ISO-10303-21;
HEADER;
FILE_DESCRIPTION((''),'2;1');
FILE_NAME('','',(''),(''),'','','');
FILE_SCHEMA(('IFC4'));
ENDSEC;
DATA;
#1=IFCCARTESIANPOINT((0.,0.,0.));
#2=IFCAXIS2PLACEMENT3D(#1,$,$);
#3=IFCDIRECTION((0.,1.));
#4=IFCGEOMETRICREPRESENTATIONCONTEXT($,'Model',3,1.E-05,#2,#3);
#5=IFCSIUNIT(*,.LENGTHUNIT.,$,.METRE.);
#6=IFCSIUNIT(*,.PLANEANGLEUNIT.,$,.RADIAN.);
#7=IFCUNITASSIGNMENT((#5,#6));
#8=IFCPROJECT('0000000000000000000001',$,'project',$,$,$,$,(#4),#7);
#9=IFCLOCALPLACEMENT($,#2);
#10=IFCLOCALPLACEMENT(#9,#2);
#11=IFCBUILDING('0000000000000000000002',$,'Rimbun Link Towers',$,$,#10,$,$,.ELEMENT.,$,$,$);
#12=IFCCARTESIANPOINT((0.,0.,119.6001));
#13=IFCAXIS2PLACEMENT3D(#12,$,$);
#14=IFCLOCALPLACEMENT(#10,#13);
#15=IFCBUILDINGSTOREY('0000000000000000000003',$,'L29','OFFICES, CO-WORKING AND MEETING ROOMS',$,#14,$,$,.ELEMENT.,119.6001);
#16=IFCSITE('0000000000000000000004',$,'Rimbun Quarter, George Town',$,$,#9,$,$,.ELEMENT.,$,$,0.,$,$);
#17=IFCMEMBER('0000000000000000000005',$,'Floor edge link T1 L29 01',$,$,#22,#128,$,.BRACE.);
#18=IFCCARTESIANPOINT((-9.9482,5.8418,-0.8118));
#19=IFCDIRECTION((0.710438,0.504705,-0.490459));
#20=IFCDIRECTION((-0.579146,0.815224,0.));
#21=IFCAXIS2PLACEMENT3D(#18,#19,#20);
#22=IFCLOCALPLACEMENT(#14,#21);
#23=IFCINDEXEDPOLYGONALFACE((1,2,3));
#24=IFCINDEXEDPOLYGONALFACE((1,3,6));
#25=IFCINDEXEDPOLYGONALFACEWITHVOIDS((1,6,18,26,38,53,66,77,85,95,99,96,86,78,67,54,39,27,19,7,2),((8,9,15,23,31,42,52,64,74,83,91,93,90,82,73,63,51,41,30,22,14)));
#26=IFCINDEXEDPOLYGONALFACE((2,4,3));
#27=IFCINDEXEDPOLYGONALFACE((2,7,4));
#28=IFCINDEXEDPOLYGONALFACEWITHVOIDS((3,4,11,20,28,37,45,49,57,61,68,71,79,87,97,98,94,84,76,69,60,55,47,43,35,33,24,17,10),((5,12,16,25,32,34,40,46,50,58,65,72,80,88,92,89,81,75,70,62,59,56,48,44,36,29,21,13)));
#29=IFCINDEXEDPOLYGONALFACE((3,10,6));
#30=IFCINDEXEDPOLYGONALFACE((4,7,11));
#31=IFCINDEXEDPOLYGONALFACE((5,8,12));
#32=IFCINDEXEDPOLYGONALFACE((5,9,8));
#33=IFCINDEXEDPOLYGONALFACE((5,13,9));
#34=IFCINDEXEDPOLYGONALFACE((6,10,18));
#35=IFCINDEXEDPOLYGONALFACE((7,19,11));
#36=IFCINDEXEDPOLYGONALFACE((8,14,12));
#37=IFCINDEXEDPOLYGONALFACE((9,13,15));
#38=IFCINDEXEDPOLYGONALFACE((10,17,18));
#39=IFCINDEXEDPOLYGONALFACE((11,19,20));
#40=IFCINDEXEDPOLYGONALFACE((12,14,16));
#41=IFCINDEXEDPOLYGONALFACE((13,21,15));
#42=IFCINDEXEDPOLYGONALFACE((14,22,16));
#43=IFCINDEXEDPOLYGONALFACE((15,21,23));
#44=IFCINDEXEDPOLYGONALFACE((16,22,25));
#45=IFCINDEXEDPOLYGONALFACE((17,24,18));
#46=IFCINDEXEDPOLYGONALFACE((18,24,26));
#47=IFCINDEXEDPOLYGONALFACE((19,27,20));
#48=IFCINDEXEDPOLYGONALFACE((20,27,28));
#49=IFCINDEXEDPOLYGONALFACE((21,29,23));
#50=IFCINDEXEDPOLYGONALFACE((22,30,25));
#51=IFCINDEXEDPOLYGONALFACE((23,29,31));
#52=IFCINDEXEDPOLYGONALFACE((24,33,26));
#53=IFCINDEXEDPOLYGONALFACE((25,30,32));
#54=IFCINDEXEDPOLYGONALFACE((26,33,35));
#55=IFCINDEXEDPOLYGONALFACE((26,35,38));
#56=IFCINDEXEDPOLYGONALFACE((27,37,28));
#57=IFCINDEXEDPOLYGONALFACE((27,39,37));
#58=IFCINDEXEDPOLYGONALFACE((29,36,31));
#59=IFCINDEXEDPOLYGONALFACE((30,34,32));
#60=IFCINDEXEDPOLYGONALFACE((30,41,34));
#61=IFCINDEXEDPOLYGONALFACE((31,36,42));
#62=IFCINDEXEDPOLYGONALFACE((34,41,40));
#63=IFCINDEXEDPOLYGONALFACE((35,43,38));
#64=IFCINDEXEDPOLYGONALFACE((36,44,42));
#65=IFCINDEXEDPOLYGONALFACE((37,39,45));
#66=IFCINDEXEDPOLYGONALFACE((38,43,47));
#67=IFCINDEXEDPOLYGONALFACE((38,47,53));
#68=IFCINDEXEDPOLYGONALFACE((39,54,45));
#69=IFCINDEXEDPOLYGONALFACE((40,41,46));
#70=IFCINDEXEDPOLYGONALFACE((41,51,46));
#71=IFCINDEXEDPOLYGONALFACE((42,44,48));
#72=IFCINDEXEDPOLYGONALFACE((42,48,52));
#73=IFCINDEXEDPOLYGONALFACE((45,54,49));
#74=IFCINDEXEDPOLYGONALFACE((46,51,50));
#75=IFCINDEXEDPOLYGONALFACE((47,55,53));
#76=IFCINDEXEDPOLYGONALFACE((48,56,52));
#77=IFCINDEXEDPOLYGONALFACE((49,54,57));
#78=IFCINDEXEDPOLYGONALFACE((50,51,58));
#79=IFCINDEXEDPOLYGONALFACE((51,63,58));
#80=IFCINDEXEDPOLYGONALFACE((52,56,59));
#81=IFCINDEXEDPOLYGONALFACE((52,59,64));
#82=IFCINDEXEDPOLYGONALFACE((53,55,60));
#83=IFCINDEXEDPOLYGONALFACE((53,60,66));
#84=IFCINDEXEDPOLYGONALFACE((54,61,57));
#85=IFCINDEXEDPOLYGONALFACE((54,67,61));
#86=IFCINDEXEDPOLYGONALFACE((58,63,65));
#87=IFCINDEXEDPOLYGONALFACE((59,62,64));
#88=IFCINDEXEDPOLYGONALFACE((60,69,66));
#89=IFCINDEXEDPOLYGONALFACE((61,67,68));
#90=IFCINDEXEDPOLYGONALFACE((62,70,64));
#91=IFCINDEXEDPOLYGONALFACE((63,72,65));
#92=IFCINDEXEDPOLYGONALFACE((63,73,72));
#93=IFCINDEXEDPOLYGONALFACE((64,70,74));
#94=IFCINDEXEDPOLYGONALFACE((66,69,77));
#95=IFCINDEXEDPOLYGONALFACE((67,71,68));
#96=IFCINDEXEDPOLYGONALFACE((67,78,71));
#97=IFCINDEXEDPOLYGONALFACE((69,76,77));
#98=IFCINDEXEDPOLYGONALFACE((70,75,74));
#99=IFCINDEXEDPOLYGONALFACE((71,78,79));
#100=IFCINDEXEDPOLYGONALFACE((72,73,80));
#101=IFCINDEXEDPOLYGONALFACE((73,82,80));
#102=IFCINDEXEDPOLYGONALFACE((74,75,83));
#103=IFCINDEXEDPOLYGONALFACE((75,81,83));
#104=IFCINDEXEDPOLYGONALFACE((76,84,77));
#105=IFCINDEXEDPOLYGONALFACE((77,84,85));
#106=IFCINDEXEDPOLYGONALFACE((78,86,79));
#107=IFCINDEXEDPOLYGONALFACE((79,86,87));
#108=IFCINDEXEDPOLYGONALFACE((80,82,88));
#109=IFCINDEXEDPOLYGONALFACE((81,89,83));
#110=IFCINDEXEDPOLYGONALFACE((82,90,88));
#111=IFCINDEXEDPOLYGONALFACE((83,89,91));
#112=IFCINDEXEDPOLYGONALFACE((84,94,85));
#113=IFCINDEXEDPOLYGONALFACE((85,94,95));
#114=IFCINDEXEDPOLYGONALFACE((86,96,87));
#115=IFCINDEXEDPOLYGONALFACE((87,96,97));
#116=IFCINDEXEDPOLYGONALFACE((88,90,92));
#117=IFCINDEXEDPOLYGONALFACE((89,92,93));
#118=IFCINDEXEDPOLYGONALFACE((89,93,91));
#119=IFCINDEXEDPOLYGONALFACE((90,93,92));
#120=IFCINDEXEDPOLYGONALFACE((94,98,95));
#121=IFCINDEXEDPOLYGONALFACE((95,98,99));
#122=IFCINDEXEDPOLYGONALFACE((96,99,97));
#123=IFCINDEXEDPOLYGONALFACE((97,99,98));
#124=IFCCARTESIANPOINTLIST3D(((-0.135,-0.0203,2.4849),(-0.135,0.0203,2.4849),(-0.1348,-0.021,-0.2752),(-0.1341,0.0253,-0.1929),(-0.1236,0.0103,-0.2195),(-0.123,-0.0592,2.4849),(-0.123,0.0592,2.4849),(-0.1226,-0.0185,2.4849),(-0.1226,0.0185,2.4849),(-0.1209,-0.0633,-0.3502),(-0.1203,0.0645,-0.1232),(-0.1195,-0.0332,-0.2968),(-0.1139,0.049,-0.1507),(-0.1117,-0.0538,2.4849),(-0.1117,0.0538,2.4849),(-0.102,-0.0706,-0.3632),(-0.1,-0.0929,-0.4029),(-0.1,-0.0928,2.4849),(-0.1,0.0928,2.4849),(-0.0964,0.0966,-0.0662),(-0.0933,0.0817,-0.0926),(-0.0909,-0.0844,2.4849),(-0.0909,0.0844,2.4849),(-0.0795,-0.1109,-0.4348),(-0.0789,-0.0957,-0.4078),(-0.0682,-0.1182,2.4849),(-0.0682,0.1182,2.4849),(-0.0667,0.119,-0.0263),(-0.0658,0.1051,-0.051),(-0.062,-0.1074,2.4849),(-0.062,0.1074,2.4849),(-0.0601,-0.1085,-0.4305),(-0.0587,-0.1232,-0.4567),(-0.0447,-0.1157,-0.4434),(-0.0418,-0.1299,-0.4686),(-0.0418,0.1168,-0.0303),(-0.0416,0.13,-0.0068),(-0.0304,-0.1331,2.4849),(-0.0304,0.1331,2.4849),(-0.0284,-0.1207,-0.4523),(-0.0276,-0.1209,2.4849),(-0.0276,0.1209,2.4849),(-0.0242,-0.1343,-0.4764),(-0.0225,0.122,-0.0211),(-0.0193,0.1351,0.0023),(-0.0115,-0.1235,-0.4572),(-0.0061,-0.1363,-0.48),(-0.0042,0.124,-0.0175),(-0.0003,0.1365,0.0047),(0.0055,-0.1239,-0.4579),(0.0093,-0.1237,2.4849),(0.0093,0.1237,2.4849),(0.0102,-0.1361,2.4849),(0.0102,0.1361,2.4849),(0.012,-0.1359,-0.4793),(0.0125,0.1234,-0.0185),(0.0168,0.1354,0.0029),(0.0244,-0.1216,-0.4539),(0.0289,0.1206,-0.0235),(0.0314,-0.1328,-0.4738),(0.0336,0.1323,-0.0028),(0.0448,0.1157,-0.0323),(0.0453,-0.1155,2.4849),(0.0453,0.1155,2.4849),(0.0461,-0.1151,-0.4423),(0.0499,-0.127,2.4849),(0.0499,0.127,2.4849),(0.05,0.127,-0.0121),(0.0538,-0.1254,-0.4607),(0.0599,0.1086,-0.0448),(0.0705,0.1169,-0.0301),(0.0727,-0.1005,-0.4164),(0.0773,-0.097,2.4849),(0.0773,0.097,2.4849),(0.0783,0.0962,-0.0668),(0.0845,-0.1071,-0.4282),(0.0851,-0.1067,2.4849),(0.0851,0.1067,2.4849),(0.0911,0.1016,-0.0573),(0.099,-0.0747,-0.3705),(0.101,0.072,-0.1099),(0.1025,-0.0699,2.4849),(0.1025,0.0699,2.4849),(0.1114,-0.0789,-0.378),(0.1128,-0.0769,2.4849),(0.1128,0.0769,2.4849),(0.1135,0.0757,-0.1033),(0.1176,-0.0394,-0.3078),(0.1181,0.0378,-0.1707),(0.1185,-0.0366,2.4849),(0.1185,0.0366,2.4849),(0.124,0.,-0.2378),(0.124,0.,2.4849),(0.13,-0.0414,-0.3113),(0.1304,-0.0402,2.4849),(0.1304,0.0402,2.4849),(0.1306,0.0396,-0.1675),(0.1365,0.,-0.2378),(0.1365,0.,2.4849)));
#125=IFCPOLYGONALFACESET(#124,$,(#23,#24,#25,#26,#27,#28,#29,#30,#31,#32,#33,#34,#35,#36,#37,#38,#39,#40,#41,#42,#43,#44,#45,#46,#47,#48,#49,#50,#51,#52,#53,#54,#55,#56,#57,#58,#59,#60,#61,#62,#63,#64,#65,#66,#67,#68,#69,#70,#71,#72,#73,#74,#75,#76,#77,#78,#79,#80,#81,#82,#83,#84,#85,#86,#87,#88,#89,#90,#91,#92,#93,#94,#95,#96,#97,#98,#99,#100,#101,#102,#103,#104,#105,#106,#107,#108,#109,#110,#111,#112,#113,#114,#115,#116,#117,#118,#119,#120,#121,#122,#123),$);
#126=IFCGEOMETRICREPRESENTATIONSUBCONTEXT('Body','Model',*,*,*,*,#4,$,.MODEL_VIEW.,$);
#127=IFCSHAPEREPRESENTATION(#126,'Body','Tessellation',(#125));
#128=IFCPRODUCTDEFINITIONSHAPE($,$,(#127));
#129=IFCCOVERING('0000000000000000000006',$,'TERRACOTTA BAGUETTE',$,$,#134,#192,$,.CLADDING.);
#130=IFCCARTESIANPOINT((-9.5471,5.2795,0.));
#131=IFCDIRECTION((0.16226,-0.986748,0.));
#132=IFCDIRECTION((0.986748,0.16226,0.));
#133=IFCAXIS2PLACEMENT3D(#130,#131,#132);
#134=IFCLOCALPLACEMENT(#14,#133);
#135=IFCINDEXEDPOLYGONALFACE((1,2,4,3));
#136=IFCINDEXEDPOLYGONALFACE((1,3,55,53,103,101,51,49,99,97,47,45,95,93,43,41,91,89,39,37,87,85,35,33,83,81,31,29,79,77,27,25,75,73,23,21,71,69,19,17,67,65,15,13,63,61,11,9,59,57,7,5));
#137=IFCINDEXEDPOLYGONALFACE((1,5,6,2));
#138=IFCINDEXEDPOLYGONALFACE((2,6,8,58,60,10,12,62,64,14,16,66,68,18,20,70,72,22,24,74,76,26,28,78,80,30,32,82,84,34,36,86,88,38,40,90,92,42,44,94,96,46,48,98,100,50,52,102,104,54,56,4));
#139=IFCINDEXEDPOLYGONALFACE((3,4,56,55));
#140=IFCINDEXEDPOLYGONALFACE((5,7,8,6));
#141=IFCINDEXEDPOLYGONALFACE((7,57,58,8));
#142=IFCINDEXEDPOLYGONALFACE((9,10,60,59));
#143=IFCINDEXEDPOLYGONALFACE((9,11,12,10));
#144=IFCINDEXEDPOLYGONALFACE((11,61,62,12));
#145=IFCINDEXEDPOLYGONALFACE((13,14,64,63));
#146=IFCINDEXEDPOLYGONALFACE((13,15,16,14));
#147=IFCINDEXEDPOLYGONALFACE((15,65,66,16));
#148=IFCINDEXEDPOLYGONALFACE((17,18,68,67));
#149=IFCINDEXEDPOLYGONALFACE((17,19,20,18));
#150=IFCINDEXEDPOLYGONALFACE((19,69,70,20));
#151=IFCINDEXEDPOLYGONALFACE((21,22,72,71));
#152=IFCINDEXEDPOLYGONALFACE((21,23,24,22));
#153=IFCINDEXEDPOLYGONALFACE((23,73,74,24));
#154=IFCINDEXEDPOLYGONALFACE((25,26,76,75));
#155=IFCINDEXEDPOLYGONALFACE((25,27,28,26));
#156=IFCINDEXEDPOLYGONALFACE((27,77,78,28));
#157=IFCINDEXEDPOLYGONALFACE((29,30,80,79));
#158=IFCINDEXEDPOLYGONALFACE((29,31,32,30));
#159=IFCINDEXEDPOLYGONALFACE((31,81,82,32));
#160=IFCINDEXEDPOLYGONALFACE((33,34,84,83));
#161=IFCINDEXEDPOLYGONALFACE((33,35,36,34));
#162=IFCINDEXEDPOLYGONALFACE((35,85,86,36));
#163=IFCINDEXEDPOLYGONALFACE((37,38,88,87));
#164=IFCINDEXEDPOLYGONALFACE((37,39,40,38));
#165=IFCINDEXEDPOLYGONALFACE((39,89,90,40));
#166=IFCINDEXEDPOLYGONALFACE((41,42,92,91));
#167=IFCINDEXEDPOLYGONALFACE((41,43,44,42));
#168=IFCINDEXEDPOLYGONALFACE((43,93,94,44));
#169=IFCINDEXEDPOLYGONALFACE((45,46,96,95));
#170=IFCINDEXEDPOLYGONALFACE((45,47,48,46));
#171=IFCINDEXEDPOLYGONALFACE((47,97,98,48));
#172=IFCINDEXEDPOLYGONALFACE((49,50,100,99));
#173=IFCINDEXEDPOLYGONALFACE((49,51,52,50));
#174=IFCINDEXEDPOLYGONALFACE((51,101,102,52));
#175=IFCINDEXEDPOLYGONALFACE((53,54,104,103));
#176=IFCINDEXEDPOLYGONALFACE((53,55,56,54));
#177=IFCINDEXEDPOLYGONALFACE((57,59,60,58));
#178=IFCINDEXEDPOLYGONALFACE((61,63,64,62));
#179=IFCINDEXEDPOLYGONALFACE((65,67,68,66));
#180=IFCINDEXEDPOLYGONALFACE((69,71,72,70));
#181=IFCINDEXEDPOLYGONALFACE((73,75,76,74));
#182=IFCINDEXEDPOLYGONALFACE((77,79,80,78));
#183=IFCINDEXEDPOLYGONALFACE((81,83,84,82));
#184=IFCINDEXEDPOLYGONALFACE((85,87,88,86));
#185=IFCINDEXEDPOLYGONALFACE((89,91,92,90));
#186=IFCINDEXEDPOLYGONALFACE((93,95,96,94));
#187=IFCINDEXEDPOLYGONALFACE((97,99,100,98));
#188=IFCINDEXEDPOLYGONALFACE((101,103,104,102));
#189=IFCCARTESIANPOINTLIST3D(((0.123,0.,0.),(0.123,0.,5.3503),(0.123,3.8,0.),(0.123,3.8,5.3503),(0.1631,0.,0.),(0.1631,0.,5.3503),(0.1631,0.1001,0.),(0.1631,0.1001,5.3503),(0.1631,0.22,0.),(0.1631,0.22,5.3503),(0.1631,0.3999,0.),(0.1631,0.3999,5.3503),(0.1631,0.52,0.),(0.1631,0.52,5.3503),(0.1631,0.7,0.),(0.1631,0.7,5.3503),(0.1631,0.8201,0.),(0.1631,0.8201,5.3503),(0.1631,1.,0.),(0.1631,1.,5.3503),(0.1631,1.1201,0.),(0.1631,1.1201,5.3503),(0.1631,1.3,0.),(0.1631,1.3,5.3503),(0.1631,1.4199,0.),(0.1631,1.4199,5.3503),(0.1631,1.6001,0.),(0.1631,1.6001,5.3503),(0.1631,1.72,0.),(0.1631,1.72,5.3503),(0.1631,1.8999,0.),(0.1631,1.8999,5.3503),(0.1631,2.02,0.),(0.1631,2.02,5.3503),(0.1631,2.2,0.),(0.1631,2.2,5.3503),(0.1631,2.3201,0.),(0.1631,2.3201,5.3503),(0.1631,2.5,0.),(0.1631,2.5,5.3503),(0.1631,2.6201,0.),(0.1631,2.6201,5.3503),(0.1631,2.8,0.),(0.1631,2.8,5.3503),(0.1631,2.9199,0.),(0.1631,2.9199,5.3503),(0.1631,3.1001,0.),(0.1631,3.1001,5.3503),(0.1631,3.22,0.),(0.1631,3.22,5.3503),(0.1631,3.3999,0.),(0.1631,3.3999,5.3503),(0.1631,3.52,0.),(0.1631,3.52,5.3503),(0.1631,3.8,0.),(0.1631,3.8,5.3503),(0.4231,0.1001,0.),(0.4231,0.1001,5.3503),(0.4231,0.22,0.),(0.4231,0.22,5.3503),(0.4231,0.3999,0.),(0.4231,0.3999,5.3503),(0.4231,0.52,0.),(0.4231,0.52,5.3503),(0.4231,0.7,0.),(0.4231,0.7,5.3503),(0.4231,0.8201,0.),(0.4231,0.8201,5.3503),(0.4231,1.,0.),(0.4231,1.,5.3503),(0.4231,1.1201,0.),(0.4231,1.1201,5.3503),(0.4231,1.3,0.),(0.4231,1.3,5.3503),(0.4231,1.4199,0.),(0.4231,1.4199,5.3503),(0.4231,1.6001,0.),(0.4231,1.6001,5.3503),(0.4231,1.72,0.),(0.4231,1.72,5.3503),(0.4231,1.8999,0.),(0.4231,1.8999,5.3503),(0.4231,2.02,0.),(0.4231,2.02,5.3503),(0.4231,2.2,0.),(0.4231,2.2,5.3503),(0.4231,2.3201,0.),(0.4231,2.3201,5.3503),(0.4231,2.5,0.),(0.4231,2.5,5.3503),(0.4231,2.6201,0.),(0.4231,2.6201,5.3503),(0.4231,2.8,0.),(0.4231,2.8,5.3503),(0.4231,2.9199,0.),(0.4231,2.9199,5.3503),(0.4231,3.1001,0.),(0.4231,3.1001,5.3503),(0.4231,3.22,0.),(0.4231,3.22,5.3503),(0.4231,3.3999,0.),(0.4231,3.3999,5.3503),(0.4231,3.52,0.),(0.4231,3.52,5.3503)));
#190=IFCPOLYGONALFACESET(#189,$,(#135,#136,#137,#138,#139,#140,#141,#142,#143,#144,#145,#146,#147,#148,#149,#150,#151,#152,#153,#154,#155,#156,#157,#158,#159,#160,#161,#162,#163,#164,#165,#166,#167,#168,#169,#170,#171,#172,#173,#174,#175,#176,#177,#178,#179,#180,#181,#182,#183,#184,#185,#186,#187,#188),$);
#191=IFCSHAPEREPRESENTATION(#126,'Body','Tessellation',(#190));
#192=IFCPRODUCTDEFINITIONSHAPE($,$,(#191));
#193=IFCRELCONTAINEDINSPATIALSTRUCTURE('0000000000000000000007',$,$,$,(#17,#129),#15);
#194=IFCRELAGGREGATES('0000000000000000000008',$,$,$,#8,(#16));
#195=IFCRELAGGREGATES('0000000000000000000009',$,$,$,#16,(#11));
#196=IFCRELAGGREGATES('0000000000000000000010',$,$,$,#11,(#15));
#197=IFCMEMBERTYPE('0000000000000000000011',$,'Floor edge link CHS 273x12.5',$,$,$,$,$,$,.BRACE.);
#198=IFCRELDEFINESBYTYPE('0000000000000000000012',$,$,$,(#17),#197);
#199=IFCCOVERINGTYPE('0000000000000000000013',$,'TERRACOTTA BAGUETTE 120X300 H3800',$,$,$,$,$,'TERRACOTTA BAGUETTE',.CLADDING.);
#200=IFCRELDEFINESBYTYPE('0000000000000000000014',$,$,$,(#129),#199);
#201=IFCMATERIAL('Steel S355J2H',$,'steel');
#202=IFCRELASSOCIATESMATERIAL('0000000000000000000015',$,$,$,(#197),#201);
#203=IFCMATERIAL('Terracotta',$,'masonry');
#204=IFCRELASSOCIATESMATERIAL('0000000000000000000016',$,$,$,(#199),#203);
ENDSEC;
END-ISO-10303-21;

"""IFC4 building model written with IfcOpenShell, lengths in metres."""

from ifc_helpers import new_model, si_unit, direction, frame, origin, origin_2d, place, context, subcontext, project, spatial, polyline, hollow_circle, outline, extrude, clip, halfspace, material, material_profile, profile_set, type_object, element, save


model = new_model("IFC4")

# Units and contexts
model_context = context("Model", 3, precision=1e-05, world=origin(), true_north=direction((0.0, 1.0)))
body_context = subcontext(model_context, "Body", "Model", "MODEL_VIEW")
ifc_project = project(units=[si_unit("LENGTHUNIT", "METRE"), si_unit("PLANEANGLEUNIT", "RADIAN")], contexts=[model_context])

# Site, building, storey
site_placement = place(None, origin())
site = spatial("IfcSite", under=ifc_project, at=site_placement, Name="Rimbun Quarter, George Town", CompositionType="ELEMENT", RefElevation=0.0)
building_placement = place(site_placement, origin())
building = spatial("IfcBuilding", under=site, at=building_placement, Name="Rimbun Link Towers", CompositionType="ELEMENT")
storey_placement = place(building_placement, frame((0.0, 0.0, 119.6001)))
storey = spatial("IfcBuildingStorey", under=building, at=storey_placement, Name="L29", Description="OFFICES, CO-WORKING AND MEETING ROOMS", CompositionType="ELEMENT", Elevation=119.6001)

# Member
ifc_material_1 = material(Name="Steel S355J2H", Category="steel")
ifc_material_profile_1 = material_profile(ifc_material_1, hollow_circle(Radius=0.1365, WallThickness=0.0125, at=origin_2d()), Name="CHS 273x12.5")
ifc_profile_set_1 = profile_set([ifc_material_profile_1], Name="Steel S355J2H")
member_type_1 = type_object("IfcMemberType", Name="Floor edge link CHS 273x12.5", PredefinedType="BRACE", material=ifc_profile_set_1)
member_1_placement = place(storey_placement, frame((-9.9482, 5.8418, -0.8118), z_axis=(0.710438, 0.504705, -0.490459), x_axis=(-0.579146, 0.815224, 0.0)))
element("IfcMember", 1, at=member_1_placement, inside=storey, type_object=member_type_1, Name="Floor edge link T1 L29 01", PredefinedType="BRACE", context=body_context, shape_type="Clipping", body=[
    clip(extrude(hollow_circle(Radius=0.1365, WallThickness=0.0125, at=origin_2d()), frame((0.0, 0.0, -0.5056)), (0.0, 0.0, 1.0), 2.9905), halfspace(frame((0.0, 0.0, -0.2378), z_axis=(0.0, 0.871464, -0.490459)), False)),
])

# Covering
ifc_material_2 = material(Name="Terracotta", Category="masonry")
ifc_material_profile_2 = material_profile(ifc_material_2, outline(polyline([(0.123, 0.0), (0.1631, 0.0), (0.1631, 0.1001), (0.4231, 0.1001), (0.4231, 0.22), (0.1631, 0.22), (0.1631, 0.3999), (0.4231, 0.3999), (0.4231, 0.52), (0.1631, 0.52), (0.1631, 0.7), (0.4231, 0.7), (0.4231, 0.8201), (0.1631, 0.8201), (0.1631, 1.0), (0.4231, 1.0), (0.4231, 1.1201), (0.1631, 1.1201), (0.1631, 1.3), (0.4231, 1.3), (0.4231, 1.4199), (0.1631, 1.4199), (0.1631, 1.6001), (0.4231, 1.6001), (0.4231, 1.72), (0.1631, 1.72), (0.1631, 1.8999), (0.4231, 1.8999), (0.4231, 2.02), (0.1631, 2.02), (0.1631, 2.2), (0.4231, 2.2), (0.4231, 2.3201), (0.1631, 2.3201), (0.1631, 2.5), (0.4231, 2.5), (0.4231, 2.6201), (0.1631, 2.6201), (0.1631, 2.8), (0.4231, 2.8), (0.4231, 2.9199), (0.1631, 2.9199), (0.1631, 3.1001), (0.4231, 3.1001), (0.4231, 3.22), (0.1631, 3.22), (0.1631, 3.3999), (0.4231, 3.3999), (0.4231, 3.52), (0.1631, 3.52), (0.1631, 3.8), (0.123, 3.8), (0.123, 0.0)])), Name="BAGUETTE 120X300")
ifc_profile_set_2 = profile_set([ifc_material_profile_2], Name="Terracotta")
covering_type = type_object("IfcCoveringType", Name="TERRACOTTA BAGUETTE 120X300 H3800", ElementType="TERRACOTTA BAGUETTE", PredefinedType="CLADDING", material=ifc_profile_set_2)
covering_1_placement = place(storey_placement, frame((-9.5471, 5.2795, 0.0), z_axis=(0.16226, -0.986748, 0.0), x_axis=(0.986748, 0.16226, 0.0)))
element("IfcCovering", 2, at=covering_1_placement, inside=storey, type_object=covering_type, Name="TERRACOTTA BAGUETTE", PredefinedType="CLADDING", context=body_context, shape_type="SweptSolid", body=[
    extrude(outline(polyline([(0.123, 0.0), (0.1631, 0.0), (0.1631, 0.1001), (0.4231, 0.1001), (0.4231, 0.22), (0.1631, 0.22), (0.1631, 0.3999), (0.4231, 0.3999), (0.4231, 0.52), (0.1631, 0.52), (0.1631, 0.7), (0.4231, 0.7), (0.4231, 0.8201), (0.1631, 0.8201), (0.1631, 1.0), (0.4231, 1.0), (0.4231, 1.1201), (0.1631, 1.1201), (0.1631, 1.3), (0.4231, 1.3), (0.4231, 1.4199), (0.1631, 1.4199), (0.1631, 1.6001), (0.4231, 1.6001), (0.4231, 1.72), (0.1631, 1.72), (0.1631, 1.8999), (0.4231, 1.8999), (0.4231, 2.02), (0.1631, 2.02), (0.1631, 2.2), (0.4231, 2.2), (0.4231, 2.3201), (0.1631, 2.3201), (0.1631, 2.5), (0.4231, 2.5), (0.4231, 2.6201), (0.1631, 2.6201), (0.1631, 2.8), (0.4231, 2.8), (0.4231, 2.9199), (0.1631, 2.9199), (0.1631, 3.1001), (0.4231, 3.1001), (0.4231, 3.22), (0.1631, 3.22), (0.1631, 3.3999), (0.4231, 3.3999), (0.4231, 3.52), (0.1631, 3.52), (0.1631, 3.8), (0.123, 3.8), (0.123, 0.0)])), origin(), (0.0, 0.0, 1.0), 5.3503),
])

save(model, "model.ifc")
